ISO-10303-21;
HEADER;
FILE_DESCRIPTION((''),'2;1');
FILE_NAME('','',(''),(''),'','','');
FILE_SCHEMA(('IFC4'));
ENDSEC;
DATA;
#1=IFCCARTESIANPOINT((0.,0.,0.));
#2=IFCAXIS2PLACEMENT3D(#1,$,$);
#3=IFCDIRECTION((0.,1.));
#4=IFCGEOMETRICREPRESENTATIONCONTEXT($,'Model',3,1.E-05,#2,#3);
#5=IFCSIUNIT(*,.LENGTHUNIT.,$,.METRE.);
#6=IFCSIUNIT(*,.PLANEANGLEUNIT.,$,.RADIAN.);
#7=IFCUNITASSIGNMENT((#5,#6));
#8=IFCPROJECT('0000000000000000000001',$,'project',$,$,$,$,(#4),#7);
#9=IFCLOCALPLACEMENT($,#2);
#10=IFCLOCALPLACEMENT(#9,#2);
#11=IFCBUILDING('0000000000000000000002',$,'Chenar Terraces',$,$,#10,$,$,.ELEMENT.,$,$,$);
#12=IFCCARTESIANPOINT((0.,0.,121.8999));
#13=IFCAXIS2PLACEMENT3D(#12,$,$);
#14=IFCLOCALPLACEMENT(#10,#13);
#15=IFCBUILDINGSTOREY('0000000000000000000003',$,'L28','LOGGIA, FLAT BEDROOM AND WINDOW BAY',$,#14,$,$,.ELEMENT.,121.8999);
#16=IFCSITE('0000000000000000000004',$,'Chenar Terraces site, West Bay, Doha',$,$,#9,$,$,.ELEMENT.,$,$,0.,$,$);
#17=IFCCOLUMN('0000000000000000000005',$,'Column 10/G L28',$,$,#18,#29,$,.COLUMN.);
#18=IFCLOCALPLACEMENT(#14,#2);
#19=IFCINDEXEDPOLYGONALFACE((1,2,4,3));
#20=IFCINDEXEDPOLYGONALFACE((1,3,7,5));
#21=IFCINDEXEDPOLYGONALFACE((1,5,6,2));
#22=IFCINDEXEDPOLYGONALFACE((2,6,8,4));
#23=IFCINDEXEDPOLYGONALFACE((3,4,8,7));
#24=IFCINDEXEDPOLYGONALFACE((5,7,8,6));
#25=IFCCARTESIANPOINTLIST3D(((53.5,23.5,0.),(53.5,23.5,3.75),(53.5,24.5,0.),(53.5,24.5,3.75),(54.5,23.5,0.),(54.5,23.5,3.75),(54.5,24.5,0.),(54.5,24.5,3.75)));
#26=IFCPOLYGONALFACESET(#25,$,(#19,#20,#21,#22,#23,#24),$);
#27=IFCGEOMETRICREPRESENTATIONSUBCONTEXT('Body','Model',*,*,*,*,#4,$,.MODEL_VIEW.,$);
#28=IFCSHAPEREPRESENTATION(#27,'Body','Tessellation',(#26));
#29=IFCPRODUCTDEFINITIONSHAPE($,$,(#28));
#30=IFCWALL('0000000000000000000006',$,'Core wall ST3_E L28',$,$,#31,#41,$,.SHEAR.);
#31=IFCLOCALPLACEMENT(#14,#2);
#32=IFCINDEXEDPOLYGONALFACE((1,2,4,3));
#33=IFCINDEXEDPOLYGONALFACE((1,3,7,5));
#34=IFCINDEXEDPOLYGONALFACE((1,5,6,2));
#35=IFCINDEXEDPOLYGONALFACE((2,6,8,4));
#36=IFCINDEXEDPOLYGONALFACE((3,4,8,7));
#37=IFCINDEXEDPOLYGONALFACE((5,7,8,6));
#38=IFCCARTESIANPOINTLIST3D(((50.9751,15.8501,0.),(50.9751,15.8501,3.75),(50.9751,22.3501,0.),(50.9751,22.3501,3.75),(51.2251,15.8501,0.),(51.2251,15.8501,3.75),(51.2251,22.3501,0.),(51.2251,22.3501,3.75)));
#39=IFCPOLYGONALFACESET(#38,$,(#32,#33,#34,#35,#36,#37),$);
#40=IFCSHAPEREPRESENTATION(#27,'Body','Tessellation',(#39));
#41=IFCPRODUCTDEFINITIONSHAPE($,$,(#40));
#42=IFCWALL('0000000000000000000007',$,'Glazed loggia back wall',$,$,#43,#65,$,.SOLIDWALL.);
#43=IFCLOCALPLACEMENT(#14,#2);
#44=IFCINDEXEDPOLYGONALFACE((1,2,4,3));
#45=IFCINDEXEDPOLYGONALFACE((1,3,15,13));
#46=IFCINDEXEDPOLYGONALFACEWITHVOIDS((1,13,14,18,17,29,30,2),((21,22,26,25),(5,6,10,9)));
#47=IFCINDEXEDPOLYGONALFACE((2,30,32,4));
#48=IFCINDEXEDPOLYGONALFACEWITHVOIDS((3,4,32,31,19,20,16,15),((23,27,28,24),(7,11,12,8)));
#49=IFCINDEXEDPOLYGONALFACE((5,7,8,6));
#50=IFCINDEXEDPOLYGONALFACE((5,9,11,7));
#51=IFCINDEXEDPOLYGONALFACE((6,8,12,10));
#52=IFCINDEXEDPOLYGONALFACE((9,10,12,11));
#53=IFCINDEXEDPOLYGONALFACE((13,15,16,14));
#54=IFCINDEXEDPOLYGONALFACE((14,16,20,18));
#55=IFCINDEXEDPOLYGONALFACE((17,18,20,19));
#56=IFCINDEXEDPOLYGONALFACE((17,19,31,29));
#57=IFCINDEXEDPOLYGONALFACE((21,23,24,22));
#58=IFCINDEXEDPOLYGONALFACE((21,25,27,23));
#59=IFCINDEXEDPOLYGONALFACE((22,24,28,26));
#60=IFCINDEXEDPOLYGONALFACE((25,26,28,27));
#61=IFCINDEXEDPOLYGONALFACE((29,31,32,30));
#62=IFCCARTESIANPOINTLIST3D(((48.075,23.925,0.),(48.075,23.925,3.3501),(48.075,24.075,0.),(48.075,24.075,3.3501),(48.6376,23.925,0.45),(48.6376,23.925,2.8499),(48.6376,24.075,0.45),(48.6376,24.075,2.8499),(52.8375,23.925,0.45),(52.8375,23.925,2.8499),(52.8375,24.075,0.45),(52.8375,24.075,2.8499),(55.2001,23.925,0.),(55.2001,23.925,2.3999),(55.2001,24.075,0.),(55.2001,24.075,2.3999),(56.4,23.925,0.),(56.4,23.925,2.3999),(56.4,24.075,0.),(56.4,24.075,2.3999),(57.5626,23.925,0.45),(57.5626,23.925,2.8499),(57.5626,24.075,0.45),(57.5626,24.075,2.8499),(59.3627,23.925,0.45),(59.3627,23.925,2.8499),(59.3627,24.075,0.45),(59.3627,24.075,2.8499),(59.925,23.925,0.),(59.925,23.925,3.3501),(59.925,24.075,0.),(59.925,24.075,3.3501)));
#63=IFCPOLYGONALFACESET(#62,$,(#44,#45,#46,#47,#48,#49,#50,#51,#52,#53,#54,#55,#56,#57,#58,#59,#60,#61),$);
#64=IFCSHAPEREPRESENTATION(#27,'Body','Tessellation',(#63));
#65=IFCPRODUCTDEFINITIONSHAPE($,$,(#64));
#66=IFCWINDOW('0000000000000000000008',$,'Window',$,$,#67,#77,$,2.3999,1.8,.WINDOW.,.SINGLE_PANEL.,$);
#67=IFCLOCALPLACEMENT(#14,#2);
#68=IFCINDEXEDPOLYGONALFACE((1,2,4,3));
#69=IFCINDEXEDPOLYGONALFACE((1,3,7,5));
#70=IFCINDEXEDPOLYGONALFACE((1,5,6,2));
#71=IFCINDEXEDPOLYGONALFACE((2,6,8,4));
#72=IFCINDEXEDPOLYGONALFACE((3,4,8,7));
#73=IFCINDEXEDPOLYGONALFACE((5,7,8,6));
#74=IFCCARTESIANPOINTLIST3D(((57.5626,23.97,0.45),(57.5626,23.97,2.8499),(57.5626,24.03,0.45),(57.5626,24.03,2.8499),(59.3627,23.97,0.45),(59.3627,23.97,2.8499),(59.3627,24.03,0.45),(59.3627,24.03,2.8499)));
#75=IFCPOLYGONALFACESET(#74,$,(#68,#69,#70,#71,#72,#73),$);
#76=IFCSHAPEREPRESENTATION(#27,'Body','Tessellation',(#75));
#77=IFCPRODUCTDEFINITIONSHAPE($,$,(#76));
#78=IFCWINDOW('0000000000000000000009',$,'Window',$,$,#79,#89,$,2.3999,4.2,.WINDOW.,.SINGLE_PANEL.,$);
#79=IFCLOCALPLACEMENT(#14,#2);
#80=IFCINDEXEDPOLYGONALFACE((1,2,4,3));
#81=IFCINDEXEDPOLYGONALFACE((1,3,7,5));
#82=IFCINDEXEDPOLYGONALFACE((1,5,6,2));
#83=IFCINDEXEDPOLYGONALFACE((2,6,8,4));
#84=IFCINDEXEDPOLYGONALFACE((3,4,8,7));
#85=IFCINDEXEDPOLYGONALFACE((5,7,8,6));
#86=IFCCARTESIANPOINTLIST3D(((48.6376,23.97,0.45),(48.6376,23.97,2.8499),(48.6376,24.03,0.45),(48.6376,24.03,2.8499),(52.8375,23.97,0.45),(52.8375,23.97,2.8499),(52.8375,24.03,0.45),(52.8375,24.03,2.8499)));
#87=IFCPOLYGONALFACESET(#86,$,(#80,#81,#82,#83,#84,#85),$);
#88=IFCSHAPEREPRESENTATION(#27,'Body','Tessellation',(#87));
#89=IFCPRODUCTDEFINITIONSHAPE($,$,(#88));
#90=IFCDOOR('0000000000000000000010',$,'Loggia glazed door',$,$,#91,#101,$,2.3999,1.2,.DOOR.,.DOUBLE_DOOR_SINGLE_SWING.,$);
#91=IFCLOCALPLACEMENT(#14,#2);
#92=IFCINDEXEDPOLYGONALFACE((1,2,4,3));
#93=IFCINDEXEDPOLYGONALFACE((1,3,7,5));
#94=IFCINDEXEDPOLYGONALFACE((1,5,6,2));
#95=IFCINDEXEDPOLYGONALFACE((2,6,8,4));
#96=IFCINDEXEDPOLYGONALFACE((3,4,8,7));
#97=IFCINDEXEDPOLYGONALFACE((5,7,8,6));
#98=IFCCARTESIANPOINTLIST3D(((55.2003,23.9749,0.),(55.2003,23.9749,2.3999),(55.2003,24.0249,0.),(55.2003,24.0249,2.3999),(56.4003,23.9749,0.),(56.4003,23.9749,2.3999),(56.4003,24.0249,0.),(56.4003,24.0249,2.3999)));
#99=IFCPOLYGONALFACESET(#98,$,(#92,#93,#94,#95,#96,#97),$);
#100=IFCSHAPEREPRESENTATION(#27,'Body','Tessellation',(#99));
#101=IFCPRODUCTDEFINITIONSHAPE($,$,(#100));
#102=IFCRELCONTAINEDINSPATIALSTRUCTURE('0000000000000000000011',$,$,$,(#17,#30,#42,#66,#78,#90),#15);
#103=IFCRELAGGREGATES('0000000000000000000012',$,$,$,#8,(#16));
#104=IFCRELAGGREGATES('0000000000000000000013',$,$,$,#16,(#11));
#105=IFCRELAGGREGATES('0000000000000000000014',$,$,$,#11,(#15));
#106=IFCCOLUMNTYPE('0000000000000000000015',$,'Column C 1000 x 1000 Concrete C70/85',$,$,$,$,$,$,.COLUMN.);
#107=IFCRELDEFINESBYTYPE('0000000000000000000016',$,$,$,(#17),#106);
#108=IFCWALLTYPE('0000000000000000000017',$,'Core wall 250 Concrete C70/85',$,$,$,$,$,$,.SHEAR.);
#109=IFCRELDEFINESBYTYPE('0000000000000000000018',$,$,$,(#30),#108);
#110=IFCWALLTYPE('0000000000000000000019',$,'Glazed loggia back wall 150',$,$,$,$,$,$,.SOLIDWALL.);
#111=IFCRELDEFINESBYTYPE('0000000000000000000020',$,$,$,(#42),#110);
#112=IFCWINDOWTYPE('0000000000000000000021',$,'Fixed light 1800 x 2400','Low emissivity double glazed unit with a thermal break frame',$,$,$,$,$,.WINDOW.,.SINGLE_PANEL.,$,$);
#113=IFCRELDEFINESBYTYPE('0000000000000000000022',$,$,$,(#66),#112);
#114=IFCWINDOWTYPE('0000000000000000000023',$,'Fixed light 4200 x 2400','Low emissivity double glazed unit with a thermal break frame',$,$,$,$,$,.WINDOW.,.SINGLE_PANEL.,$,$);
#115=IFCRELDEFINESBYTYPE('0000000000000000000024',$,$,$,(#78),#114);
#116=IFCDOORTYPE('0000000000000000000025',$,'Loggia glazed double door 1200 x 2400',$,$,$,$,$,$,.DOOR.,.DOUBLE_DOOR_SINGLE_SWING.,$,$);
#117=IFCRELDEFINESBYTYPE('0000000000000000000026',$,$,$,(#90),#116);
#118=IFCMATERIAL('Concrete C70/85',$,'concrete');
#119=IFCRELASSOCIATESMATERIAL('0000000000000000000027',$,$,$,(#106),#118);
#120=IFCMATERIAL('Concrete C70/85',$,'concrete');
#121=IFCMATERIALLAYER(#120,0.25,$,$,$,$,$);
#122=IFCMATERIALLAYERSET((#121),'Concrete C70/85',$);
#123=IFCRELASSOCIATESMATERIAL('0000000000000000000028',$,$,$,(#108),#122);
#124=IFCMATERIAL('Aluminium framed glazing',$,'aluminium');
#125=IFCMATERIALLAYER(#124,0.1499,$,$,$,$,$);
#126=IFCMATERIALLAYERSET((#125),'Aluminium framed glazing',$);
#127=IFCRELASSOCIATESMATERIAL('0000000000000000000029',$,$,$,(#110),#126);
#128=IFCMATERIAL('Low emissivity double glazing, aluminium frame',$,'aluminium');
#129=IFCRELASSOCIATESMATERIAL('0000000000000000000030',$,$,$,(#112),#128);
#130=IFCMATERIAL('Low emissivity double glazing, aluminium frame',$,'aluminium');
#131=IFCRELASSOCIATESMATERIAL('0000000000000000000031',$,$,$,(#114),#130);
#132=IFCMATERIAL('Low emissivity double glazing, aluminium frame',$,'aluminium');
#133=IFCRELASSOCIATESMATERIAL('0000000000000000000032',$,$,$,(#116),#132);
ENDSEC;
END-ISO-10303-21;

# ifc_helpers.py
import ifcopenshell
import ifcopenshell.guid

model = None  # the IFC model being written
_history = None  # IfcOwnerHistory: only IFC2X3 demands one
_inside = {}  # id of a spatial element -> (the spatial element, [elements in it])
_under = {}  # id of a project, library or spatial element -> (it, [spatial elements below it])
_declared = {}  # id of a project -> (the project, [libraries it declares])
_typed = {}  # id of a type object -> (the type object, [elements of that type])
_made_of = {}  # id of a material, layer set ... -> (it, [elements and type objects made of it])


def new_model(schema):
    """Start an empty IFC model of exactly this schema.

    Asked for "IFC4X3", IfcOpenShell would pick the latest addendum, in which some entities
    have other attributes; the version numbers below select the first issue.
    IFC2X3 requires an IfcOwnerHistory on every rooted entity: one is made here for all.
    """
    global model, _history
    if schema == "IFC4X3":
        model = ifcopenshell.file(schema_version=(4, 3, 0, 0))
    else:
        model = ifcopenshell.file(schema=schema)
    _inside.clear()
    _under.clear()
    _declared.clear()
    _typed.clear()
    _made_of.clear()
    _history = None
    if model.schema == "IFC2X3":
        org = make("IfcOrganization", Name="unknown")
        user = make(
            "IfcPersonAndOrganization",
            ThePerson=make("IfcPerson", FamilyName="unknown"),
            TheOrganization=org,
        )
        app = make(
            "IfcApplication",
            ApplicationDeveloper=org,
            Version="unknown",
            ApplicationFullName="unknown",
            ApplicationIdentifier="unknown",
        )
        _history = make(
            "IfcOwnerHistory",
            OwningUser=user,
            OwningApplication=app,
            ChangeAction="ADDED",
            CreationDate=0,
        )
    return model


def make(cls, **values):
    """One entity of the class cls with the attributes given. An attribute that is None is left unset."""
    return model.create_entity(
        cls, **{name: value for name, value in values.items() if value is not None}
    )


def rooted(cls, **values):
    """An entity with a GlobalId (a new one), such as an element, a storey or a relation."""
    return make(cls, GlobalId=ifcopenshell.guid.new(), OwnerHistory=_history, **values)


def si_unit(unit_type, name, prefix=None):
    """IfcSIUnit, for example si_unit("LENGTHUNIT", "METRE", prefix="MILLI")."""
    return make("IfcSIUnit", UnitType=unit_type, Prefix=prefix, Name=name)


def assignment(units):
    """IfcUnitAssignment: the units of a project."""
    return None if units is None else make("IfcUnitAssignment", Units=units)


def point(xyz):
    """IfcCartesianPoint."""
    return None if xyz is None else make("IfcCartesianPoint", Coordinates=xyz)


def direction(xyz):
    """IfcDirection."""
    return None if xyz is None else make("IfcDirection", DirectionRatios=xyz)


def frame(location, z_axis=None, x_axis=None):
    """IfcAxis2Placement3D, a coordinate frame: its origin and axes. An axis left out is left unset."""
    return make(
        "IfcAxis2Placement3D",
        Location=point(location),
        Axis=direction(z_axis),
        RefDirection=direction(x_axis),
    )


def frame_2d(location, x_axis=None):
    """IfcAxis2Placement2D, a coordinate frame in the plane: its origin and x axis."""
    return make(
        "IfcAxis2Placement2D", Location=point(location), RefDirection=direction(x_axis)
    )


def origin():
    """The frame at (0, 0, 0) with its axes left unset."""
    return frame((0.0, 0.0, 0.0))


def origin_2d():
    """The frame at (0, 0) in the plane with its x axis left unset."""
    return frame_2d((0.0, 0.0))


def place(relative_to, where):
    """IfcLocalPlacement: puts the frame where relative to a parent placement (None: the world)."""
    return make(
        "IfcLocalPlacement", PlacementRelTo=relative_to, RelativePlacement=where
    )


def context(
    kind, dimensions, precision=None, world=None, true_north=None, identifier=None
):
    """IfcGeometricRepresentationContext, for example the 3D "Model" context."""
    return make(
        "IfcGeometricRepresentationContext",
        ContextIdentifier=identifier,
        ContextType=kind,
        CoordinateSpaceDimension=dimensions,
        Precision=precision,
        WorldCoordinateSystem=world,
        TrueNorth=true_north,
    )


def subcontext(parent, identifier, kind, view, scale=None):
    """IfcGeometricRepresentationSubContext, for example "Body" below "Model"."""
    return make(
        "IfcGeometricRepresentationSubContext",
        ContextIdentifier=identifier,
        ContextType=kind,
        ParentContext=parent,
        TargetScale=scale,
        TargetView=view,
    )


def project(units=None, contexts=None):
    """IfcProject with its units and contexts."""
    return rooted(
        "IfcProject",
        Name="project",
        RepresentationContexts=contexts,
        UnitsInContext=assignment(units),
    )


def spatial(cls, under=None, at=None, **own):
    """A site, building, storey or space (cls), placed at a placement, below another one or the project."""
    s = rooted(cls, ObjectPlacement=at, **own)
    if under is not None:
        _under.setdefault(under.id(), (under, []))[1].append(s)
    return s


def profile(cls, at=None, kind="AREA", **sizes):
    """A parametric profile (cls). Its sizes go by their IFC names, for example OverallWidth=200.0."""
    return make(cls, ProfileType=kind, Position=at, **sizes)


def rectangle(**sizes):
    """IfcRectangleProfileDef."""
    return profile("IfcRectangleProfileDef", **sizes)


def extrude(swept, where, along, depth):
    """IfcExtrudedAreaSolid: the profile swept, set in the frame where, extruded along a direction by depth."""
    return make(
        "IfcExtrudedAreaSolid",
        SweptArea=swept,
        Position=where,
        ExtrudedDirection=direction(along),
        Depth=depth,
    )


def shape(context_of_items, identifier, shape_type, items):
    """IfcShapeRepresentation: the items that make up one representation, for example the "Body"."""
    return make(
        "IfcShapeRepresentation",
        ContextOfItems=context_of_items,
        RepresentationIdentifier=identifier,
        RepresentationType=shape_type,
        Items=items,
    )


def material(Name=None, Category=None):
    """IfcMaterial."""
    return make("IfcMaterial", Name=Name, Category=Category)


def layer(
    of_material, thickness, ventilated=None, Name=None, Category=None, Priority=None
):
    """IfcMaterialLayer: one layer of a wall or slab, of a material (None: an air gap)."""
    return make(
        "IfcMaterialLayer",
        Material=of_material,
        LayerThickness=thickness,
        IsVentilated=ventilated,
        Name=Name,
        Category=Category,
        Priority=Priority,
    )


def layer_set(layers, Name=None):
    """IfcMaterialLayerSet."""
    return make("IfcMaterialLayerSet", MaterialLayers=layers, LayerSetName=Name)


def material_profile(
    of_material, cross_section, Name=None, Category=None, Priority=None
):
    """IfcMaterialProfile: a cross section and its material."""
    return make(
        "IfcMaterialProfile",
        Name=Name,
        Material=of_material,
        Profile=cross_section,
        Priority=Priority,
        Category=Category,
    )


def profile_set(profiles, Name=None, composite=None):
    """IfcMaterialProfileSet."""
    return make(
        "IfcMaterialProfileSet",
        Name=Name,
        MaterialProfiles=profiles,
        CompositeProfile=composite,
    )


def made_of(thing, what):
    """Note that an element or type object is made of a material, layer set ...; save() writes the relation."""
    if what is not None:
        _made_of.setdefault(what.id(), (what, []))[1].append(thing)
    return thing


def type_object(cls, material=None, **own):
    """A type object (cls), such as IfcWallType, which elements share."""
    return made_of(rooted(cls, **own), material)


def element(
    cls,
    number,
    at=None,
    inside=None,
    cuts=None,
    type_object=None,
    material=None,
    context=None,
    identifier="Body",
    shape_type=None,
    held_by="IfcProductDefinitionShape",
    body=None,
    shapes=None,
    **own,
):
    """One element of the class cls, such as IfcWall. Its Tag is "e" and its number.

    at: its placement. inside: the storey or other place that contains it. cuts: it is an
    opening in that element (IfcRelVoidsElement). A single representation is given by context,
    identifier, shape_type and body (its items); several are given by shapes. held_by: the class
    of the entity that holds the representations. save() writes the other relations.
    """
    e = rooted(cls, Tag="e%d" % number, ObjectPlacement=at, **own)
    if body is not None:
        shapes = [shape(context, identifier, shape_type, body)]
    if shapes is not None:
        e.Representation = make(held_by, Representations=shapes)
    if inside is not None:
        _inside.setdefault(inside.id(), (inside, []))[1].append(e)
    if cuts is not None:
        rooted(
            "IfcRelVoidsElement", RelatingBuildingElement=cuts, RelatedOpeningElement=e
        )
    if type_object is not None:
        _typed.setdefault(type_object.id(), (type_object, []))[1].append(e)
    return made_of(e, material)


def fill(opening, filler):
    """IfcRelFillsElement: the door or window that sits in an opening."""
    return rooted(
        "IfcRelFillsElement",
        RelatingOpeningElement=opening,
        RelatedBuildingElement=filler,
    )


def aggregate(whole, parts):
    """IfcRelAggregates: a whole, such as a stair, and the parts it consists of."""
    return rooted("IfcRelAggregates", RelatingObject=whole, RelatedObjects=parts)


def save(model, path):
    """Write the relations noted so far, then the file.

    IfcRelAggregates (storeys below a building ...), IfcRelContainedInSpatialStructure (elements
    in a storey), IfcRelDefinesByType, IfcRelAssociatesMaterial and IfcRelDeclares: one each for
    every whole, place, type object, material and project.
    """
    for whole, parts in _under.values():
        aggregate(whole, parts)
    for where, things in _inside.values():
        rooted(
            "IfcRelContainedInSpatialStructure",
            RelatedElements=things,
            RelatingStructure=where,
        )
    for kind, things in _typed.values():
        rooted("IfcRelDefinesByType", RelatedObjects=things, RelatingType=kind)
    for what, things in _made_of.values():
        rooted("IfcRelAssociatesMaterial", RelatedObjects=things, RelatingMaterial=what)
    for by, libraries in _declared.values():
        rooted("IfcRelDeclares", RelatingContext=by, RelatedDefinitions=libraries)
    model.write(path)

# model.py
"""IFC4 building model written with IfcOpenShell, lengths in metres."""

from ifc_helpers import new_model, si_unit, direction, frame, frame_2d, origin, origin_2d, place, context, subcontext, project, spatial, rectangle, extrude, material, layer, layer_set, material_profile, profile_set, type_object, element, fill, save


model = new_model("IFC4")

# Units and contexts
model_context = context("Model", 3, precision=1e-05, world=origin(), true_north=direction((0.0, 1.0)))
body_context = subcontext(model_context, "Body", "Model", "MODEL_VIEW")
ifc_project = project(units=[si_unit("LENGTHUNIT", "METRE"), si_unit("PLANEANGLEUNIT", "RADIAN")], contexts=[model_context])

# Site, building, storey
site_placement = place(None, origin())
site = spatial("IfcSite", under=ifc_project, at=site_placement, Name="Chenar Terraces site, West Bay, Doha", CompositionType="ELEMENT", RefElevation=0.0)
building_placement = place(site_placement, origin())
building = spatial("IfcBuilding", under=site, at=building_placement, Name="Chenar Terraces", CompositionType="ELEMENT")
storey_placement = place(building_placement, frame((0.0, 0.0, 121.8999)))
storey = spatial("IfcBuildingStorey", under=building, at=storey_placement, Name="L28", Description="LOGGIA, FLAT BEDROOM AND WINDOW BAY", CompositionType="ELEMENT", Elevation=121.8999)

# Column
ifc_material_1 = material(Name="Concrete C70/85", Category="concrete")
ifc_material_profile_1 = material_profile(ifc_material_1, rectangle(XDim=1.0, YDim=1.0, at=origin_2d()), Name="C 1000 x 1000")
ifc_profile_set_1 = profile_set([ifc_material_profile_1], Name="Concrete C70/85")
column_type = type_object("IfcColumnType", Name="Column C 1000 x 1000 Concrete C70/85", PredefinedType="COLUMN", material=ifc_profile_set_1)
column_placement = place(storey_placement, frame((54.0, 24.0, 0.0), z_axis=(0.0, 0.0, 1.0), x_axis=(1.0, 0.0, 0.0)))
element("IfcColumn", 1, at=column_placement, inside=storey, type_object=column_type, Name="Column 10/G L28", PredefinedType="COLUMN", context=body_context, shape_type="SweptSolid", body=[
    extrude(rectangle(XDim=1.0, YDim=1.0, at=origin_2d()), origin(), (0.0, 0.0, 1.0), 3.75),
])

# Wall
ifc_material_2 = material(Name="Concrete C70/85", Category="concrete")
ifc_layer_1 = layer(ifc_material_2, 0.25)
ifc_layer_set_1 = layer_set([ifc_layer_1], Name="Concrete C70/85")
wall_type_1 = type_object("IfcWallType", Name="Core wall 250 Concrete C70/85", PredefinedType="SHEAR", material=ifc_layer_set_1)
wall_1_placement = place(storey_placement, frame((51.1001, 15.8501, 0.0), z_axis=(0.0, 0.0, 1.0), x_axis=(0.0, 1.0, 0.0)))
element("IfcWall", 2, at=wall_1_placement, inside=storey, type_object=wall_type_1, Name="Core wall ST3_E L28", PredefinedType="SHEAR", context=body_context, shape_type="SweptSolid", body=[
    extrude(rectangle(XDim=6.5, YDim=0.25, at=frame_2d((3.25, 0.0))), origin(), (0.0, 0.0, 1.0), 3.75),
])

# Wall, openings, windows, door
ifc_material_3 = material(Name="Aluminium framed glazing", Category="aluminium")
ifc_layer_2 = layer(ifc_material_3, 0.1499)
ifc_layer_set_2 = layer_set([ifc_layer_2], Name="Aluminium framed glazing")
wall_type_2 = type_object("IfcWallType", Name="Glazed loggia back wall 150", PredefinedType="SOLIDWALL", material=ifc_layer_set_2)
wall_2_placement = place(storey_placement, frame((59.925, 24.0, 0.0), z_axis=(0.0, 0.0, 1.0), x_axis=(-1.0, 0.0, 0.0)))
wall_2 = element("IfcWall", 3, at=wall_2_placement, inside=storey, type_object=wall_type_2, Name="Glazed loggia back wall", PredefinedType="SOLIDWALL", context=body_context, shape_type="SweptSolid", body=[
    extrude(rectangle(XDim=11.8501, YDim=0.1499, at=frame_2d((5.925, 0.0))), origin(), (0.0, 0.0, 1.0), 3.3501),
])
opening_1_placement = place(wall_2_placement, frame((0.5625, 0.0, 0.45)))
opening_1 = element("IfcOpeningElement", 4, at=opening_1_placement, cuts=wall_2, PredefinedType="OPENING", context=body_context, shape_type="SweptSolid", body=[
    extrude(rectangle(XDim=1.8, YDim=2.3999, at=frame_2d((0.8999, 1.2))), frame((0.0, 0.085, 0.0), z_axis=(0.0, -1.0, 0.0), x_axis=(1.0, 0.0, 0.0)), (0.0, 0.0, 1.0), 0.1699),
])
opening_2_placement = place(wall_2_placement, frame((3.5249, 0.0, 0.0)))
opening_2 = element("IfcOpeningElement", 5, at=opening_2_placement, cuts=wall_2, PredefinedType="OPENING", context=body_context, shape_type="SweptSolid", body=[
    extrude(rectangle(XDim=1.2, YDim=2.3999, at=frame_2d((0.6001, 1.2))), frame((0.0, 0.085, 0.0), z_axis=(0.0, -1.0, 0.0), x_axis=(1.0, 0.0, 0.0)), (0.0, 0.0, 1.0), 0.1699),
])
opening_3_placement = place(wall_2_placement, frame((7.0874, 0.0, 0.45)))
opening_3 = element("IfcOpeningElement", 6, at=opening_3_placement, cuts=wall_2, PredefinedType="OPENING", context=body_context, shape_type="SweptSolid", body=[
    extrude(rectangle(XDim=4.2, YDim=2.3999, at=frame_2d((2.1001, 1.2))), frame((0.0, 0.085, 0.0), z_axis=(0.0, -1.0, 0.0), x_axis=(1.0, 0.0, 0.0)), (0.0, 0.0, 1.0), 0.1699),
])
ifc_material_4 = material(Name="Low emissivity double glazing, aluminium frame", Category="aluminium")
window_type_1 = type_object("IfcWindowType", Name="Fixed light 1800 x 2400", Description="Low emissivity double glazed unit with a thermal break frame", PartitioningType="SINGLE_PANEL", PredefinedType="WINDOW", material=ifc_material_4)
window_1_placement = place(opening_1_placement, origin())
window_1 = element("IfcWindow", 7, at=window_1_placement, inside=storey, type_object=window_type_1, Name="Window", OverallHeight=2.3999, OverallWidth=1.8, PartitioningType="SINGLE_PANEL", PredefinedType="WINDOW", context=body_context, shape_type="SweptSolid", body=[
    extrude(rectangle(XDim=1.8, YDim=2.3999, at=frame_2d((0.8999, 1.2))), frame((0.0, 0.03, 0.0), z_axis=(0.0, -1.0, 0.0), x_axis=(1.0, 0.0, 0.0)), (0.0, 0.0, 1.0), 0.0601),
])
fill(opening_1, window_1)
ifc_material_5 = material(Name="Low emissivity double glazing, aluminium frame", Category="aluminium")
window_type_2 = type_object("IfcWindowType", Name="Fixed light 4200 x 2400", Description="Low emissivity double glazed unit with a thermal break frame", PartitioningType="SINGLE_PANEL", PredefinedType="WINDOW", material=ifc_material_5)
window_2_placement = place(opening_3_placement, origin())
window_2 = element("IfcWindow", 8, at=window_2_placement, inside=storey, type_object=window_type_2, Name="Window", OverallHeight=2.3999, OverallWidth=4.2, PartitioningType="SINGLE_PANEL", PredefinedType="WINDOW", context=body_context, shape_type="SweptSolid", body=[
    extrude(rectangle(XDim=4.2, YDim=2.3999, at=frame_2d((2.1001, 1.2))), frame((0.0, 0.03, 0.0), z_axis=(0.0, -1.0, 0.0), x_axis=(1.0, 0.0, 0.0)), (0.0, 0.0, 1.0), 0.0601),
])
fill(opening_3, window_2)
ifc_material_6 = material(Name="Low emissivity double glazing, aluminium frame", Category="aluminium")
door_type_1 = type_object("IfcDoorType", Name="Loggia glazed double door 1200 x 2400", OperationType="DOUBLE_DOOR_SINGLE_SWING", PredefinedType="DOOR", material=ifc_material_6)
door_1_placement = place(opening_2_placement, frame((1.2, 0.0, 0.0), z_axis=(0.0, 0.0, 1.0), x_axis=(-1.0, 0.0, 0.0)))
door_1 = element("IfcDoor", 9, at=door_1_placement, inside=storey, type_object=door_type_1, Name="Loggia glazed door", OperationType="DOUBLE_DOOR_SINGLE_SWING", OverallHeight=2.3999, OverallWidth=1.2, PredefinedType="DOOR", context=body_context, shape_type="SweptSolid", body=[
    extrude(rectangle(XDim=1.2, YDim=2.3999, at=frame_2d((0.6001, 1.2))), frame((0.0, 0.0249, 0.0), z_axis=(0.0, -1.0, 0.0), x_axis=(1.0, 0.0, 0.0)), (0.0, 0.0, 1.0), 0.05),
])
fill(opening_2, door_1)

save(model, "model.ifc")
